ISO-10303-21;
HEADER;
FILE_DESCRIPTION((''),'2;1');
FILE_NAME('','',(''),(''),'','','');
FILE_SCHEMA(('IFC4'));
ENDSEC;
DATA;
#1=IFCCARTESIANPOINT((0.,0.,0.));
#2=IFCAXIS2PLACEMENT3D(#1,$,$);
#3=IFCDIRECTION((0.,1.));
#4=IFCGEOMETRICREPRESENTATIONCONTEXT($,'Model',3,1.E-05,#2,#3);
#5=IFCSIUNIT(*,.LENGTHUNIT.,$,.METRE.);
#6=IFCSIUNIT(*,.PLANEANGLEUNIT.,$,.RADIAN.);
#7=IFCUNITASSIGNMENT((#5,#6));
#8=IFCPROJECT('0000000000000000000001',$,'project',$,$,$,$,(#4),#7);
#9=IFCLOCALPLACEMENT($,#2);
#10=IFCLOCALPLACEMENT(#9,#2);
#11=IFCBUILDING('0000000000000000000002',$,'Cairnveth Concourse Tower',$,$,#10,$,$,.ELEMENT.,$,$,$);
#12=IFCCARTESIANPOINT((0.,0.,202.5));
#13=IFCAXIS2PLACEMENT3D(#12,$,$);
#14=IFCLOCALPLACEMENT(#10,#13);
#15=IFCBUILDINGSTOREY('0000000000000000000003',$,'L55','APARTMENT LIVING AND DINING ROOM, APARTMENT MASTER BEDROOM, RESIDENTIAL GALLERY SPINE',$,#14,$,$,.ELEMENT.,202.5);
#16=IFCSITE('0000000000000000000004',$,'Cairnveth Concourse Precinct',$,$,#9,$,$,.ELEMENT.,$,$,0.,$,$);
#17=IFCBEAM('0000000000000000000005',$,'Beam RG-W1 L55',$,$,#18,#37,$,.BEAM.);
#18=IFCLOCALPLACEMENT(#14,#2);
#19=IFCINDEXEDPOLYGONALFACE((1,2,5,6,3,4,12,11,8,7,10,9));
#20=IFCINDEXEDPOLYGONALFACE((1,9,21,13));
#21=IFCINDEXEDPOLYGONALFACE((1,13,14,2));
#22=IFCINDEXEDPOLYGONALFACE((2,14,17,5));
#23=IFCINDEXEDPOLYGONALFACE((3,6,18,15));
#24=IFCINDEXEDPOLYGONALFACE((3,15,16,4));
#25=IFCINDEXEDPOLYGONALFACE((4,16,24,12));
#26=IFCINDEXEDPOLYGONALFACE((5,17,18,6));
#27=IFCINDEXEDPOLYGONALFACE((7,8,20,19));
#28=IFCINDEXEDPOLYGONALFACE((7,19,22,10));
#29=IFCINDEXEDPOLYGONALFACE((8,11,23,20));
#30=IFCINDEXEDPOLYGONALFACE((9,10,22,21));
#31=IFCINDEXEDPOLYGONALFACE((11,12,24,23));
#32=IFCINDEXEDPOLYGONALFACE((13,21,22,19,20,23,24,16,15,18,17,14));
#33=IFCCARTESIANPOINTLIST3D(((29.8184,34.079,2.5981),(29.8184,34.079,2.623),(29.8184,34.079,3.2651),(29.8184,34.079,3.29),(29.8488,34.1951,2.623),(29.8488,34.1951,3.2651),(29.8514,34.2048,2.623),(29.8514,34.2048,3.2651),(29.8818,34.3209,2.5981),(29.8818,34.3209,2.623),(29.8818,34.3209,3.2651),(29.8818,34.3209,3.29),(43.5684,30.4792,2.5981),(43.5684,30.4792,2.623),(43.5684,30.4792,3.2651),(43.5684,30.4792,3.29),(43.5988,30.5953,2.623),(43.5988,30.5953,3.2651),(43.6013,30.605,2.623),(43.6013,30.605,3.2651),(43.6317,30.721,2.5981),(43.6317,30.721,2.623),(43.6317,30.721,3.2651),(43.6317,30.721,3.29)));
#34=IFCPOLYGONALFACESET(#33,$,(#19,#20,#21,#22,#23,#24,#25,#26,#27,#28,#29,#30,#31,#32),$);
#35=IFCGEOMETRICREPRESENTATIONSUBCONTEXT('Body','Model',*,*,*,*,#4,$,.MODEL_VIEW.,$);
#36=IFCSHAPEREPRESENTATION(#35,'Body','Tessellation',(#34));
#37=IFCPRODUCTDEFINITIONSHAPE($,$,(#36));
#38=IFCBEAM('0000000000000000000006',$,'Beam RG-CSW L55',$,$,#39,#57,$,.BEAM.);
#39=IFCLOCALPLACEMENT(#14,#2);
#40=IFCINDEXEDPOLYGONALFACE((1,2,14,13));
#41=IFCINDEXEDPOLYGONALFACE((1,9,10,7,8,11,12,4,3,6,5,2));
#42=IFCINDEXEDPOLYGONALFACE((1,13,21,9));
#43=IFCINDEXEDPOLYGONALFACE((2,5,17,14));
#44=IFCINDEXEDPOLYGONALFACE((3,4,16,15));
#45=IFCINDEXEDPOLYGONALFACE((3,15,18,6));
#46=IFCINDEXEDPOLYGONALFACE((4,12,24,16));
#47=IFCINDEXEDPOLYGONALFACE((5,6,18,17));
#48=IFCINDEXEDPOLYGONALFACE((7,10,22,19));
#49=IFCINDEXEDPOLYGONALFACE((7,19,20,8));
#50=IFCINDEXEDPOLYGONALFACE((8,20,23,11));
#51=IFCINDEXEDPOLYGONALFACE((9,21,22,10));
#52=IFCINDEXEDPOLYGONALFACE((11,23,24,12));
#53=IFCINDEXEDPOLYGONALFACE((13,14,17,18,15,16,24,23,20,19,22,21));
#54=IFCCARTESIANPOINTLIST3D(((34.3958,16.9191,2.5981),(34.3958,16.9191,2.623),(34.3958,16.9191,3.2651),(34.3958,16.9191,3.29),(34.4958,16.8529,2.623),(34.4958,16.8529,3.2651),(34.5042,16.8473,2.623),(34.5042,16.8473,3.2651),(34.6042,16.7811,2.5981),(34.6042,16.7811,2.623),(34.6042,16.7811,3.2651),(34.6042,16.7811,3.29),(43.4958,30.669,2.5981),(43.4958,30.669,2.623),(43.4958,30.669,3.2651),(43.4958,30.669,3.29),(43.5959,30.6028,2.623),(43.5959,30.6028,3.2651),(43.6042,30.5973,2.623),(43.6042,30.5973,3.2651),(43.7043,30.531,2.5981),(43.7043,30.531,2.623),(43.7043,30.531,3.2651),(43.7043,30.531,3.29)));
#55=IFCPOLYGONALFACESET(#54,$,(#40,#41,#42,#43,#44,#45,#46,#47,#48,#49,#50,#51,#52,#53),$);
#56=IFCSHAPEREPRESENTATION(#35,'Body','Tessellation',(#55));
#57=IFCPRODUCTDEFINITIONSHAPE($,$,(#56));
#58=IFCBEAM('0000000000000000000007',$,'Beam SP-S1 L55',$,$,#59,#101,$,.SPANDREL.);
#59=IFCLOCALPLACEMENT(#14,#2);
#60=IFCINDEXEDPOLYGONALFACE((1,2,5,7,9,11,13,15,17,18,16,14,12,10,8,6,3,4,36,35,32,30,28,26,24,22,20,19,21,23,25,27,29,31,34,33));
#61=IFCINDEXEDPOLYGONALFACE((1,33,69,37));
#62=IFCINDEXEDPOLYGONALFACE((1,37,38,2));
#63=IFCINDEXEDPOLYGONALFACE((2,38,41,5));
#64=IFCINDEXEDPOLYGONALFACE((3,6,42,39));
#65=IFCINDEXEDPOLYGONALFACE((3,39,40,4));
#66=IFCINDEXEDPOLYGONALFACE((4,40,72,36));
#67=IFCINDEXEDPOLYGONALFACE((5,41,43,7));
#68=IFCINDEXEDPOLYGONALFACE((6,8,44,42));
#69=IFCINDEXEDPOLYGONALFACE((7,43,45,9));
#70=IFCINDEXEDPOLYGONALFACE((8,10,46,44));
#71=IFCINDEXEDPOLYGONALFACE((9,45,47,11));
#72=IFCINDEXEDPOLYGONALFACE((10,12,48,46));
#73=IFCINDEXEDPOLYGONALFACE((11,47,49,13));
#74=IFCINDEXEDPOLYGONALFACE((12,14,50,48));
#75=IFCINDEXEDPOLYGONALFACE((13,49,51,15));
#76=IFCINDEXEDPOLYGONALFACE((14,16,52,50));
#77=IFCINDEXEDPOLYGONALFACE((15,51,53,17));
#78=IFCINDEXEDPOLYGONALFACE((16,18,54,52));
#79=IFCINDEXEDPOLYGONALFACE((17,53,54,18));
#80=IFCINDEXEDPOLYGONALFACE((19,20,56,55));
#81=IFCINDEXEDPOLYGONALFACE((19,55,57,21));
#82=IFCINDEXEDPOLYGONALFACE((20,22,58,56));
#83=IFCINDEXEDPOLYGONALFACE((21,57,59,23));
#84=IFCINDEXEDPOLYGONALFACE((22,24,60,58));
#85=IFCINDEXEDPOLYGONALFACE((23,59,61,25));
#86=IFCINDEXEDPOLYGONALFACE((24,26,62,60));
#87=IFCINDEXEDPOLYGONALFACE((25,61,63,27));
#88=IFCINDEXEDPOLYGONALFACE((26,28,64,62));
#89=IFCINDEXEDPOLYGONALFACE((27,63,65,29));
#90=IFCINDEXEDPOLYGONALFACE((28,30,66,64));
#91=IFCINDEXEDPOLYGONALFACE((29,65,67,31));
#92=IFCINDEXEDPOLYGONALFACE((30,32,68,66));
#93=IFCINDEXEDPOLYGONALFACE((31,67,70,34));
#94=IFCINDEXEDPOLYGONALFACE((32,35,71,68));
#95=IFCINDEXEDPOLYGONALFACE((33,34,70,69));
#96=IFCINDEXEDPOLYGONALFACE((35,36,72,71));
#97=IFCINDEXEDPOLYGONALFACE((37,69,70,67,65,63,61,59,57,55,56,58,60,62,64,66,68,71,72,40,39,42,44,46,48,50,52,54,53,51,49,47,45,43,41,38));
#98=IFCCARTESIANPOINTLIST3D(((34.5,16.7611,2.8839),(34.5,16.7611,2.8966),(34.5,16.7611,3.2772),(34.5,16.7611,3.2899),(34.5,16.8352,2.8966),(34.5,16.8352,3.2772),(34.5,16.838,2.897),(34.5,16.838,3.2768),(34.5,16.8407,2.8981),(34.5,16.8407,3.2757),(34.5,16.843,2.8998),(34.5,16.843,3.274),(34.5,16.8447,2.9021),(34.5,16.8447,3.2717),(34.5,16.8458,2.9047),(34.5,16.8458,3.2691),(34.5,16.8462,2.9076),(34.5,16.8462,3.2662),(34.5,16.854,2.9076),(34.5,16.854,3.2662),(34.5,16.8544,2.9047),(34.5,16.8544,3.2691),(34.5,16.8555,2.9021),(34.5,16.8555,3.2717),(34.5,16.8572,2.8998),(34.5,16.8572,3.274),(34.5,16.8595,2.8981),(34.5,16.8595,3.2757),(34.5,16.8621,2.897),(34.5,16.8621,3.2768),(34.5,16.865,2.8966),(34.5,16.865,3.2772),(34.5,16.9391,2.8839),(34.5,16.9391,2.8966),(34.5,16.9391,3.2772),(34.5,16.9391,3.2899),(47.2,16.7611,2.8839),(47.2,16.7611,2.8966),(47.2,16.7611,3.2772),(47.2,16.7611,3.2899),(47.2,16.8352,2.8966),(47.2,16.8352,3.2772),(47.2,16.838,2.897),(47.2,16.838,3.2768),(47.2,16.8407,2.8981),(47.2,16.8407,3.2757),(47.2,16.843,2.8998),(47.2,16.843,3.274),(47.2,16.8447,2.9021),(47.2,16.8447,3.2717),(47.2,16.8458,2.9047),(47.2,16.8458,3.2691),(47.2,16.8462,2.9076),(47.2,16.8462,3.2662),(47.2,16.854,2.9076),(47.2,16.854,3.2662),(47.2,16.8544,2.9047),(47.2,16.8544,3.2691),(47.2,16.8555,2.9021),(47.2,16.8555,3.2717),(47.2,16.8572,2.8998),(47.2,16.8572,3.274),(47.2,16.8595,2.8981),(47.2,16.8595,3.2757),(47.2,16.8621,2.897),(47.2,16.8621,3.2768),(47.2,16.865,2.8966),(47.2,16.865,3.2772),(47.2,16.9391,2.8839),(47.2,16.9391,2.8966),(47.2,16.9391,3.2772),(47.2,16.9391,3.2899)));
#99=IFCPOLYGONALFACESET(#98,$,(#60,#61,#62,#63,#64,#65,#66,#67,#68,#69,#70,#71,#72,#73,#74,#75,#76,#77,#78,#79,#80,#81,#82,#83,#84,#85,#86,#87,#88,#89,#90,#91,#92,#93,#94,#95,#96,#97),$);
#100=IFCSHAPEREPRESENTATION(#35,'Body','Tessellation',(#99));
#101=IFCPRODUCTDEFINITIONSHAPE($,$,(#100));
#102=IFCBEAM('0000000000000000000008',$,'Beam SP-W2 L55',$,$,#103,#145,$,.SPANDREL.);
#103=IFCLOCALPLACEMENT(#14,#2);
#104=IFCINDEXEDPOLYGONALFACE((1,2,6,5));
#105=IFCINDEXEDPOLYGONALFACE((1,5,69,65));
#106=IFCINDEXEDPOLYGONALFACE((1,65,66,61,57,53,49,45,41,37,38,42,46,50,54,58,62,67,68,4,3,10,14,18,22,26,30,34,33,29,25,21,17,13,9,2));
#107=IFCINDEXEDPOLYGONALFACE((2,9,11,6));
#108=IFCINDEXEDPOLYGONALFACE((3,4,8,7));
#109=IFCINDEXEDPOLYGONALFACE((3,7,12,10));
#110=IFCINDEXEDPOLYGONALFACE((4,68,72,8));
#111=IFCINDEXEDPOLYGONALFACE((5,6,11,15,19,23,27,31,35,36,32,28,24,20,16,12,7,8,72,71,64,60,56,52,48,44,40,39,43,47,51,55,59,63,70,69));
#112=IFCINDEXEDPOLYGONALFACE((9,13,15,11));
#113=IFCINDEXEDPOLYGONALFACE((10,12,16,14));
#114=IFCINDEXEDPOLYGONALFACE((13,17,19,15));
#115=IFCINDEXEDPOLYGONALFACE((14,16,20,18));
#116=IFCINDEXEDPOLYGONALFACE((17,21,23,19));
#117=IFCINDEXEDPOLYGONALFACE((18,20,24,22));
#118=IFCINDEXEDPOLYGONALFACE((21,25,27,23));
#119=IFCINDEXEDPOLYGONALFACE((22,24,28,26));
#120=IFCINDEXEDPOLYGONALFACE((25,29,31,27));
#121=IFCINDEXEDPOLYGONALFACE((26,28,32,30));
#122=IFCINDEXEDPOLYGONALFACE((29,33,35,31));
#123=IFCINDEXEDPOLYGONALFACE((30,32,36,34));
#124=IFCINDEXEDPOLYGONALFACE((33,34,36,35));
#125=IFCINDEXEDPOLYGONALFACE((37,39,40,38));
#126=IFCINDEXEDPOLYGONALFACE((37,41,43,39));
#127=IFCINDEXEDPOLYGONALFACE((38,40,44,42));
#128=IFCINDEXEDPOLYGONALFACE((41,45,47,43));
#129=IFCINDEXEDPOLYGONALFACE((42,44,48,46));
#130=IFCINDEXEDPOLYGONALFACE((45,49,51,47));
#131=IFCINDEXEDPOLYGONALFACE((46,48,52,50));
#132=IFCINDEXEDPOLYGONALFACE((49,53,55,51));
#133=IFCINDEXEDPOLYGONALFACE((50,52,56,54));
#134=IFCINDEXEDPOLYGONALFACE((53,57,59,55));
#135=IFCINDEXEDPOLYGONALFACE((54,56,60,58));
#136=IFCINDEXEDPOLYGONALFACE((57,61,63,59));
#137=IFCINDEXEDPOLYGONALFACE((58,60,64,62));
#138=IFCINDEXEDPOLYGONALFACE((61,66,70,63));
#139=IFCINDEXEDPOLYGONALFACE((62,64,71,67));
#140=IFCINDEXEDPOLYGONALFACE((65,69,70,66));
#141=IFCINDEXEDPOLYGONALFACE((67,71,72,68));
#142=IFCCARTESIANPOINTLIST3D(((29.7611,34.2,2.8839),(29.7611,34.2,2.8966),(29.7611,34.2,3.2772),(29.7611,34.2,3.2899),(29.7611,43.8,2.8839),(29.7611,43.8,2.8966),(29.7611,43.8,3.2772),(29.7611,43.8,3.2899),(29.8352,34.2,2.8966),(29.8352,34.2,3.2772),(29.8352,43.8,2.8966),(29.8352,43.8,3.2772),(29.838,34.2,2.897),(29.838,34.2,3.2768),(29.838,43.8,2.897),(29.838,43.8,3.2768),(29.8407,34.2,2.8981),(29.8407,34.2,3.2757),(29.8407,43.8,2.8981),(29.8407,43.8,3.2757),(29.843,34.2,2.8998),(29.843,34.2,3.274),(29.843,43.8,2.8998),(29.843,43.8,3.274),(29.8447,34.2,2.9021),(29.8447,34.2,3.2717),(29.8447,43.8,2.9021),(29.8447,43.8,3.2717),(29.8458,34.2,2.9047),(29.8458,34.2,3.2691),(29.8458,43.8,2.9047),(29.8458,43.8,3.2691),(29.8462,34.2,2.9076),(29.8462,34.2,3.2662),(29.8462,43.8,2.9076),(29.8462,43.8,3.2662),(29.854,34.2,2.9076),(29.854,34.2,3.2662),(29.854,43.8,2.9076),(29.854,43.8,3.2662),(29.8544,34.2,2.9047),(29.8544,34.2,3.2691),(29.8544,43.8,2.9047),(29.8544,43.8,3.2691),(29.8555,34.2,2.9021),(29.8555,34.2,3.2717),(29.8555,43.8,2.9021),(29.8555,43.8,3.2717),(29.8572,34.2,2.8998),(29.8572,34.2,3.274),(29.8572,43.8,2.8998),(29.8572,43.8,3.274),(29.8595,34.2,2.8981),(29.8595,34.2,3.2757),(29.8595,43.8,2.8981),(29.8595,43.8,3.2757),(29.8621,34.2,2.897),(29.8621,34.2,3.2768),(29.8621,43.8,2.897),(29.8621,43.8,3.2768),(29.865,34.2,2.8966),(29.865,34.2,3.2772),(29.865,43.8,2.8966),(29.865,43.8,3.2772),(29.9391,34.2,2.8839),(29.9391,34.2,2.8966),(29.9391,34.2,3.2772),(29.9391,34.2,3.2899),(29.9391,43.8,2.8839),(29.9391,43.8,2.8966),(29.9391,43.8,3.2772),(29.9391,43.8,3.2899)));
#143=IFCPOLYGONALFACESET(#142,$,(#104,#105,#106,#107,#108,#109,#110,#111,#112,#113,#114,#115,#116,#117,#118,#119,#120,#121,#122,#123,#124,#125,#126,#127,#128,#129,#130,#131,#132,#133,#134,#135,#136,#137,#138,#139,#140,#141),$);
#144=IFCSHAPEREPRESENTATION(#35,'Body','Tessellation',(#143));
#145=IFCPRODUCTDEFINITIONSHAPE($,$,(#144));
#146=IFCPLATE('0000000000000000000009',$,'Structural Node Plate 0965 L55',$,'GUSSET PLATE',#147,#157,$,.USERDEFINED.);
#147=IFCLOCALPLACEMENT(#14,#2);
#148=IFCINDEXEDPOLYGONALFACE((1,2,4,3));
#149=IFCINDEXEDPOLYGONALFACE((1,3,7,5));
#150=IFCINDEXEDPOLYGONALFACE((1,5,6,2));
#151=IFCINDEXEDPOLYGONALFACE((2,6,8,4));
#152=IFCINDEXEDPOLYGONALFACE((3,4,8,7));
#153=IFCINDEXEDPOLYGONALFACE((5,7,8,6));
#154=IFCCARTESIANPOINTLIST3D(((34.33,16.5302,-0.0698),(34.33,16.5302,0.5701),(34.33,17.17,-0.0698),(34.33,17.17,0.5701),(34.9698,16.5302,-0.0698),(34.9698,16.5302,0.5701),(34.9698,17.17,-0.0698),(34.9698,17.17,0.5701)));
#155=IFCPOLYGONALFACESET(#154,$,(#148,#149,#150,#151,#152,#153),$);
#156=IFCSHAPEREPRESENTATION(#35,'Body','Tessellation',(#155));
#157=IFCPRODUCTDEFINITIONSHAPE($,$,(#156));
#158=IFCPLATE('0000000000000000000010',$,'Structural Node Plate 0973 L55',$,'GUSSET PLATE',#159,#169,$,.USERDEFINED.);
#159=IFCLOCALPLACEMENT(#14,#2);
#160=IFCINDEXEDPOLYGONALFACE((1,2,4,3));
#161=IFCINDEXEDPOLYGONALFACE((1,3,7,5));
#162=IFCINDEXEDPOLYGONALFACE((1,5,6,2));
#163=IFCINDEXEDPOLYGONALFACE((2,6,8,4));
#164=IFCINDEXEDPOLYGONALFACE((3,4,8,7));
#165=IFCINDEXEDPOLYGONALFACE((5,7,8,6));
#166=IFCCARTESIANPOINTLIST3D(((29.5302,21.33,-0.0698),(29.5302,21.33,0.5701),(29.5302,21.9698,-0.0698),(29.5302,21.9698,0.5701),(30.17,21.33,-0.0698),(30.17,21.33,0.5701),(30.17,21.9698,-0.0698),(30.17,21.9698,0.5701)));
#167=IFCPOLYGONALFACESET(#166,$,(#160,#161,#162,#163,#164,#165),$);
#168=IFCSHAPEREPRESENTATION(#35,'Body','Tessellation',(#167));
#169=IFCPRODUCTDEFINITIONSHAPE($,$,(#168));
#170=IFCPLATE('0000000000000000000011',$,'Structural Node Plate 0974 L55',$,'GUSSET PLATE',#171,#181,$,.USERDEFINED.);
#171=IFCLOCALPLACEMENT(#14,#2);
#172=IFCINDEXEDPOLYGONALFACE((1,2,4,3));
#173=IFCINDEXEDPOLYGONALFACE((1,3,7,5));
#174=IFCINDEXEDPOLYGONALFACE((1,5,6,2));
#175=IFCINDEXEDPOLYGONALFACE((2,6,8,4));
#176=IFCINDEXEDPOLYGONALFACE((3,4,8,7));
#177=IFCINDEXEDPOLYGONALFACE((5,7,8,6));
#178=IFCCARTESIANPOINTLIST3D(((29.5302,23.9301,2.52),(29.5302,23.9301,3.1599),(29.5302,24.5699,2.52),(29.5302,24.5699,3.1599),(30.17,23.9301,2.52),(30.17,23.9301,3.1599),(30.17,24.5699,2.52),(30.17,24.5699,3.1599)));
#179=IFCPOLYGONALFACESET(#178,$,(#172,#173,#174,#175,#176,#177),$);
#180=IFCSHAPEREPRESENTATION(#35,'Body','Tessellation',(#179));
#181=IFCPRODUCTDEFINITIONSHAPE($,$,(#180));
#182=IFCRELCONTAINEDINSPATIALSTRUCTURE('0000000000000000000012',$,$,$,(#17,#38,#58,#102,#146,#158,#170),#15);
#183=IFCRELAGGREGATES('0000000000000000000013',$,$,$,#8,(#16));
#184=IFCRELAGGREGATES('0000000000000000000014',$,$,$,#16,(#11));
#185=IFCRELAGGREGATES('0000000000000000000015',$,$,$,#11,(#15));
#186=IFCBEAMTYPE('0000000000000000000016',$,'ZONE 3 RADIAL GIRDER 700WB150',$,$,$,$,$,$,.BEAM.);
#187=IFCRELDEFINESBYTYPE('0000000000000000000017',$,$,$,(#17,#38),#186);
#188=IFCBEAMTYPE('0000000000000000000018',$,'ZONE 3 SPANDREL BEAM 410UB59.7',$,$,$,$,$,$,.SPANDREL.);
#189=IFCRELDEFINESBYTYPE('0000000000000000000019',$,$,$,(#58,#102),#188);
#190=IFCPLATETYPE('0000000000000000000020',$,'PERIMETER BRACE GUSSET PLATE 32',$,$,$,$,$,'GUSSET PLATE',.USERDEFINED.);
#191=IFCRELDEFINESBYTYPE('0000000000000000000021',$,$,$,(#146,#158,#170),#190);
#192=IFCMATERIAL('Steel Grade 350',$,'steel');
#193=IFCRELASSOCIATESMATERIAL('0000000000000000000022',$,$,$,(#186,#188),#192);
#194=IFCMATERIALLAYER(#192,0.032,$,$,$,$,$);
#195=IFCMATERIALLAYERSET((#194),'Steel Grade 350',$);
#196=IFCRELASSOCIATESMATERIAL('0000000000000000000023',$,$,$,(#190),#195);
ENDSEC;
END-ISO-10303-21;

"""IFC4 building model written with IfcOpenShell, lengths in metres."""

from ifc_helpers import new_model, si_unit, direction, frame, origin, origin_2d, place, context, subcontext, project, spatial, rectangle, i_section, extrude, material, layer, layer_set, material_profile, profile_set, type_object, element, save


model = new_model("IFC4")

# Units and contexts
model_context = context("Model", 3, precision=1e-05, world=origin(), true_north=direction((0.0, 1.0)))
body_context = subcontext(model_context, "Body", "Model", "MODEL_VIEW")
ifc_project = project(units=[si_unit("LENGTHUNIT", "METRE"), si_unit("PLANEANGLEUNIT", "RADIAN")], contexts=[model_context])

# Site, building, storey
site_placement = place(None, origin())
site = spatial("IfcSite", under=ifc_project, at=site_placement, Name="Cairnveth Concourse Precinct", CompositionType="ELEMENT", RefElevation=0.0)
building_placement = place(site_placement, origin())
building = spatial("IfcBuilding", under=site, at=building_placement, Name="Cairnveth Concourse Tower", CompositionType="ELEMENT")
storey_placement = place(building_placement, frame((0.0, 0.0, 202.5)))
storey = spatial("IfcBuildingStorey", under=building, at=storey_placement, Name="L55", Description="APARTMENT LIVING AND DINING ROOM, APARTMENT MASTER BEDROOM, RESIDENTIAL GALLERY SPINE", CompositionType="ELEMENT", Elevation=202.5)

# Shared definitions
ifc_material_1 = material(Name="Steel Grade 350", Category="steel")

# Beams
ifc_material_profile_1 = material_profile(ifc_material_1, i_section(OverallWidth=0.25, OverallDepth=0.6919, WebThickness=0.01, FlangeThickness=0.0249, at=origin_2d()), Name="700WB150")
ifc_profile_set_1 = profile_set([ifc_material_profile_1], Name="Steel Grade 350")
beam_type_1 = type_object("IfcBeamType", Name="ZONE 3 RADIAL GIRDER 700WB150", PredefinedType="BEAM", material=ifc_profile_set_1)
beam_1_placement = place(storey_placement, frame((29.8501, 34.2, 2.9441), z_axis=(0.967395, -0.253271, 0.0), x_axis=(0.253271, 0.967395, 0.0)))
element("IfcBeam", 1, at=beam_1_placement, inside=storey, type_object=beam_type_1, Name="Beam RG-W1 L55", PredefinedType="BEAM", context=body_context, shape_type="SweptSolid", body=[
    extrude(i_section(OverallWidth=0.25, OverallDepth=0.6919, WebThickness=0.01, FlangeThickness=0.0249, at=origin_2d()), origin(), (0.0, 0.0, 1.0), 14.2134),
])
beam_2_placement = place(storey_placement, frame((34.5, 16.8501, 2.9441), z_axis=(0.551902, 0.833909, 0.0), x_axis=(-0.833909, 0.551902, 0.0)))
element("IfcBeam", 2, at=beam_2_placement, inside=storey, type_object=beam_type_1, Name="Beam RG-CSW L55", PredefinedType="BEAM", context=body_context, shape_type="SweptSolid", body=[
    extrude(i_section(OverallWidth=0.25, OverallDepth=0.6919, WebThickness=0.01, FlangeThickness=0.0249, at=origin_2d()), origin(), (0.0, 0.0, 1.0), 16.4885),
])
ifc_material_profile_2 = material_profile(ifc_material_1, i_section(OverallWidth=0.178, OverallDepth=0.406, WebThickness=0.0078, FlangeThickness=0.0127, FilletRadius=0.011, at=origin_2d()), Name="410UB59.7")
ifc_profile_set_2 = profile_set([ifc_material_profile_2], Name="Steel Grade 350")
beam_type_2 = type_object("IfcBeamType", Name="ZONE 3 SPANDREL BEAM 410UB59.7", PredefinedType="SPANDREL", material=ifc_profile_set_2)
beam_3_placement = place(storey_placement, frame((34.5, 16.8501, 3.0869), z_axis=(1.0, 0.0, 0.0), x_axis=(0.0, 1.0, 0.0)))
element("IfcBeam", 3, at=beam_3_placement, inside=storey, type_object=beam_type_2, Name="Beam SP-S1 L55", PredefinedType="SPANDREL", context=body_context, shape_type="SweptSolid", body=[
    extrude(i_section(OverallWidth=0.178, OverallDepth=0.406, WebThickness=0.0078, FlangeThickness=0.0127, FilletRadius=0.011, at=origin_2d()), origin(), (0.0, 0.0, 1.0), 12.7),
])
beam_4_placement = place(storey_placement, frame((29.8501, 34.2, 3.0869), z_axis=(0.0, 1.0, 0.0), x_axis=(-1.0, 0.0, 0.0)))
element("IfcBeam", 4, at=beam_4_placement, inside=storey, type_object=beam_type_2, Name="Beam SP-W2 L55", PredefinedType="SPANDREL", context=body_context, shape_type="SweptSolid", body=[
    extrude(i_section(OverallWidth=0.178, OverallDepth=0.406, WebThickness=0.0078, FlangeThickness=0.0127, FilletRadius=0.011, at=origin_2d()), origin(), (0.0, 0.0, 1.0), 9.6001),
])

# Plates
ifc_layer_1 = layer(ifc_material_1, 0.032)
ifc_layer_set_1 = layer_set([ifc_layer_1], Name="Steel Grade 350")
plate_type = type_object("IfcPlateType", Name="PERIMETER BRACE GUSSET PLATE 32", ElementType="GUSSET PLATE", PredefinedType="USERDEFINED", material=ifc_layer_set_1)
for number, where, z_axis, x_axis, name in (
    (5, (34.6499, 16.8501, -0.0698), (0.0, 0.0, 1.0), (1.0, 0.0, 0.0), "Structural Node Plate 0965 L55"),
    (6, (29.8501, 21.6499, -0.0698), (0.0, 0.0, 1.0), (1.0, 0.0, 0.0), "Structural Node Plate 0973 L55"),
    (7, (29.8501, 24.25, 2.52), (0.0, 0.0, 1.0), (1.0, 0.0, 0.0), "Structural Node Plate 0974 L55"),
):
    element("IfcPlate", number, at=place(storey_placement, frame(where, z_axis=z_axis, x_axis=x_axis)), inside=storey, type_object=plate_type, Name=name, ObjectType="GUSSET PLATE", PredefinedType="USERDEFINED", context=body_context, shape_type="SweptSolid", body=[
        extrude(rectangle(XDim=0.6399, YDim=0.6399, at=origin_2d()), origin(), (0.0, 0.0, 1.0), 0.6399),
    ])

save(model, "model.ifc")
